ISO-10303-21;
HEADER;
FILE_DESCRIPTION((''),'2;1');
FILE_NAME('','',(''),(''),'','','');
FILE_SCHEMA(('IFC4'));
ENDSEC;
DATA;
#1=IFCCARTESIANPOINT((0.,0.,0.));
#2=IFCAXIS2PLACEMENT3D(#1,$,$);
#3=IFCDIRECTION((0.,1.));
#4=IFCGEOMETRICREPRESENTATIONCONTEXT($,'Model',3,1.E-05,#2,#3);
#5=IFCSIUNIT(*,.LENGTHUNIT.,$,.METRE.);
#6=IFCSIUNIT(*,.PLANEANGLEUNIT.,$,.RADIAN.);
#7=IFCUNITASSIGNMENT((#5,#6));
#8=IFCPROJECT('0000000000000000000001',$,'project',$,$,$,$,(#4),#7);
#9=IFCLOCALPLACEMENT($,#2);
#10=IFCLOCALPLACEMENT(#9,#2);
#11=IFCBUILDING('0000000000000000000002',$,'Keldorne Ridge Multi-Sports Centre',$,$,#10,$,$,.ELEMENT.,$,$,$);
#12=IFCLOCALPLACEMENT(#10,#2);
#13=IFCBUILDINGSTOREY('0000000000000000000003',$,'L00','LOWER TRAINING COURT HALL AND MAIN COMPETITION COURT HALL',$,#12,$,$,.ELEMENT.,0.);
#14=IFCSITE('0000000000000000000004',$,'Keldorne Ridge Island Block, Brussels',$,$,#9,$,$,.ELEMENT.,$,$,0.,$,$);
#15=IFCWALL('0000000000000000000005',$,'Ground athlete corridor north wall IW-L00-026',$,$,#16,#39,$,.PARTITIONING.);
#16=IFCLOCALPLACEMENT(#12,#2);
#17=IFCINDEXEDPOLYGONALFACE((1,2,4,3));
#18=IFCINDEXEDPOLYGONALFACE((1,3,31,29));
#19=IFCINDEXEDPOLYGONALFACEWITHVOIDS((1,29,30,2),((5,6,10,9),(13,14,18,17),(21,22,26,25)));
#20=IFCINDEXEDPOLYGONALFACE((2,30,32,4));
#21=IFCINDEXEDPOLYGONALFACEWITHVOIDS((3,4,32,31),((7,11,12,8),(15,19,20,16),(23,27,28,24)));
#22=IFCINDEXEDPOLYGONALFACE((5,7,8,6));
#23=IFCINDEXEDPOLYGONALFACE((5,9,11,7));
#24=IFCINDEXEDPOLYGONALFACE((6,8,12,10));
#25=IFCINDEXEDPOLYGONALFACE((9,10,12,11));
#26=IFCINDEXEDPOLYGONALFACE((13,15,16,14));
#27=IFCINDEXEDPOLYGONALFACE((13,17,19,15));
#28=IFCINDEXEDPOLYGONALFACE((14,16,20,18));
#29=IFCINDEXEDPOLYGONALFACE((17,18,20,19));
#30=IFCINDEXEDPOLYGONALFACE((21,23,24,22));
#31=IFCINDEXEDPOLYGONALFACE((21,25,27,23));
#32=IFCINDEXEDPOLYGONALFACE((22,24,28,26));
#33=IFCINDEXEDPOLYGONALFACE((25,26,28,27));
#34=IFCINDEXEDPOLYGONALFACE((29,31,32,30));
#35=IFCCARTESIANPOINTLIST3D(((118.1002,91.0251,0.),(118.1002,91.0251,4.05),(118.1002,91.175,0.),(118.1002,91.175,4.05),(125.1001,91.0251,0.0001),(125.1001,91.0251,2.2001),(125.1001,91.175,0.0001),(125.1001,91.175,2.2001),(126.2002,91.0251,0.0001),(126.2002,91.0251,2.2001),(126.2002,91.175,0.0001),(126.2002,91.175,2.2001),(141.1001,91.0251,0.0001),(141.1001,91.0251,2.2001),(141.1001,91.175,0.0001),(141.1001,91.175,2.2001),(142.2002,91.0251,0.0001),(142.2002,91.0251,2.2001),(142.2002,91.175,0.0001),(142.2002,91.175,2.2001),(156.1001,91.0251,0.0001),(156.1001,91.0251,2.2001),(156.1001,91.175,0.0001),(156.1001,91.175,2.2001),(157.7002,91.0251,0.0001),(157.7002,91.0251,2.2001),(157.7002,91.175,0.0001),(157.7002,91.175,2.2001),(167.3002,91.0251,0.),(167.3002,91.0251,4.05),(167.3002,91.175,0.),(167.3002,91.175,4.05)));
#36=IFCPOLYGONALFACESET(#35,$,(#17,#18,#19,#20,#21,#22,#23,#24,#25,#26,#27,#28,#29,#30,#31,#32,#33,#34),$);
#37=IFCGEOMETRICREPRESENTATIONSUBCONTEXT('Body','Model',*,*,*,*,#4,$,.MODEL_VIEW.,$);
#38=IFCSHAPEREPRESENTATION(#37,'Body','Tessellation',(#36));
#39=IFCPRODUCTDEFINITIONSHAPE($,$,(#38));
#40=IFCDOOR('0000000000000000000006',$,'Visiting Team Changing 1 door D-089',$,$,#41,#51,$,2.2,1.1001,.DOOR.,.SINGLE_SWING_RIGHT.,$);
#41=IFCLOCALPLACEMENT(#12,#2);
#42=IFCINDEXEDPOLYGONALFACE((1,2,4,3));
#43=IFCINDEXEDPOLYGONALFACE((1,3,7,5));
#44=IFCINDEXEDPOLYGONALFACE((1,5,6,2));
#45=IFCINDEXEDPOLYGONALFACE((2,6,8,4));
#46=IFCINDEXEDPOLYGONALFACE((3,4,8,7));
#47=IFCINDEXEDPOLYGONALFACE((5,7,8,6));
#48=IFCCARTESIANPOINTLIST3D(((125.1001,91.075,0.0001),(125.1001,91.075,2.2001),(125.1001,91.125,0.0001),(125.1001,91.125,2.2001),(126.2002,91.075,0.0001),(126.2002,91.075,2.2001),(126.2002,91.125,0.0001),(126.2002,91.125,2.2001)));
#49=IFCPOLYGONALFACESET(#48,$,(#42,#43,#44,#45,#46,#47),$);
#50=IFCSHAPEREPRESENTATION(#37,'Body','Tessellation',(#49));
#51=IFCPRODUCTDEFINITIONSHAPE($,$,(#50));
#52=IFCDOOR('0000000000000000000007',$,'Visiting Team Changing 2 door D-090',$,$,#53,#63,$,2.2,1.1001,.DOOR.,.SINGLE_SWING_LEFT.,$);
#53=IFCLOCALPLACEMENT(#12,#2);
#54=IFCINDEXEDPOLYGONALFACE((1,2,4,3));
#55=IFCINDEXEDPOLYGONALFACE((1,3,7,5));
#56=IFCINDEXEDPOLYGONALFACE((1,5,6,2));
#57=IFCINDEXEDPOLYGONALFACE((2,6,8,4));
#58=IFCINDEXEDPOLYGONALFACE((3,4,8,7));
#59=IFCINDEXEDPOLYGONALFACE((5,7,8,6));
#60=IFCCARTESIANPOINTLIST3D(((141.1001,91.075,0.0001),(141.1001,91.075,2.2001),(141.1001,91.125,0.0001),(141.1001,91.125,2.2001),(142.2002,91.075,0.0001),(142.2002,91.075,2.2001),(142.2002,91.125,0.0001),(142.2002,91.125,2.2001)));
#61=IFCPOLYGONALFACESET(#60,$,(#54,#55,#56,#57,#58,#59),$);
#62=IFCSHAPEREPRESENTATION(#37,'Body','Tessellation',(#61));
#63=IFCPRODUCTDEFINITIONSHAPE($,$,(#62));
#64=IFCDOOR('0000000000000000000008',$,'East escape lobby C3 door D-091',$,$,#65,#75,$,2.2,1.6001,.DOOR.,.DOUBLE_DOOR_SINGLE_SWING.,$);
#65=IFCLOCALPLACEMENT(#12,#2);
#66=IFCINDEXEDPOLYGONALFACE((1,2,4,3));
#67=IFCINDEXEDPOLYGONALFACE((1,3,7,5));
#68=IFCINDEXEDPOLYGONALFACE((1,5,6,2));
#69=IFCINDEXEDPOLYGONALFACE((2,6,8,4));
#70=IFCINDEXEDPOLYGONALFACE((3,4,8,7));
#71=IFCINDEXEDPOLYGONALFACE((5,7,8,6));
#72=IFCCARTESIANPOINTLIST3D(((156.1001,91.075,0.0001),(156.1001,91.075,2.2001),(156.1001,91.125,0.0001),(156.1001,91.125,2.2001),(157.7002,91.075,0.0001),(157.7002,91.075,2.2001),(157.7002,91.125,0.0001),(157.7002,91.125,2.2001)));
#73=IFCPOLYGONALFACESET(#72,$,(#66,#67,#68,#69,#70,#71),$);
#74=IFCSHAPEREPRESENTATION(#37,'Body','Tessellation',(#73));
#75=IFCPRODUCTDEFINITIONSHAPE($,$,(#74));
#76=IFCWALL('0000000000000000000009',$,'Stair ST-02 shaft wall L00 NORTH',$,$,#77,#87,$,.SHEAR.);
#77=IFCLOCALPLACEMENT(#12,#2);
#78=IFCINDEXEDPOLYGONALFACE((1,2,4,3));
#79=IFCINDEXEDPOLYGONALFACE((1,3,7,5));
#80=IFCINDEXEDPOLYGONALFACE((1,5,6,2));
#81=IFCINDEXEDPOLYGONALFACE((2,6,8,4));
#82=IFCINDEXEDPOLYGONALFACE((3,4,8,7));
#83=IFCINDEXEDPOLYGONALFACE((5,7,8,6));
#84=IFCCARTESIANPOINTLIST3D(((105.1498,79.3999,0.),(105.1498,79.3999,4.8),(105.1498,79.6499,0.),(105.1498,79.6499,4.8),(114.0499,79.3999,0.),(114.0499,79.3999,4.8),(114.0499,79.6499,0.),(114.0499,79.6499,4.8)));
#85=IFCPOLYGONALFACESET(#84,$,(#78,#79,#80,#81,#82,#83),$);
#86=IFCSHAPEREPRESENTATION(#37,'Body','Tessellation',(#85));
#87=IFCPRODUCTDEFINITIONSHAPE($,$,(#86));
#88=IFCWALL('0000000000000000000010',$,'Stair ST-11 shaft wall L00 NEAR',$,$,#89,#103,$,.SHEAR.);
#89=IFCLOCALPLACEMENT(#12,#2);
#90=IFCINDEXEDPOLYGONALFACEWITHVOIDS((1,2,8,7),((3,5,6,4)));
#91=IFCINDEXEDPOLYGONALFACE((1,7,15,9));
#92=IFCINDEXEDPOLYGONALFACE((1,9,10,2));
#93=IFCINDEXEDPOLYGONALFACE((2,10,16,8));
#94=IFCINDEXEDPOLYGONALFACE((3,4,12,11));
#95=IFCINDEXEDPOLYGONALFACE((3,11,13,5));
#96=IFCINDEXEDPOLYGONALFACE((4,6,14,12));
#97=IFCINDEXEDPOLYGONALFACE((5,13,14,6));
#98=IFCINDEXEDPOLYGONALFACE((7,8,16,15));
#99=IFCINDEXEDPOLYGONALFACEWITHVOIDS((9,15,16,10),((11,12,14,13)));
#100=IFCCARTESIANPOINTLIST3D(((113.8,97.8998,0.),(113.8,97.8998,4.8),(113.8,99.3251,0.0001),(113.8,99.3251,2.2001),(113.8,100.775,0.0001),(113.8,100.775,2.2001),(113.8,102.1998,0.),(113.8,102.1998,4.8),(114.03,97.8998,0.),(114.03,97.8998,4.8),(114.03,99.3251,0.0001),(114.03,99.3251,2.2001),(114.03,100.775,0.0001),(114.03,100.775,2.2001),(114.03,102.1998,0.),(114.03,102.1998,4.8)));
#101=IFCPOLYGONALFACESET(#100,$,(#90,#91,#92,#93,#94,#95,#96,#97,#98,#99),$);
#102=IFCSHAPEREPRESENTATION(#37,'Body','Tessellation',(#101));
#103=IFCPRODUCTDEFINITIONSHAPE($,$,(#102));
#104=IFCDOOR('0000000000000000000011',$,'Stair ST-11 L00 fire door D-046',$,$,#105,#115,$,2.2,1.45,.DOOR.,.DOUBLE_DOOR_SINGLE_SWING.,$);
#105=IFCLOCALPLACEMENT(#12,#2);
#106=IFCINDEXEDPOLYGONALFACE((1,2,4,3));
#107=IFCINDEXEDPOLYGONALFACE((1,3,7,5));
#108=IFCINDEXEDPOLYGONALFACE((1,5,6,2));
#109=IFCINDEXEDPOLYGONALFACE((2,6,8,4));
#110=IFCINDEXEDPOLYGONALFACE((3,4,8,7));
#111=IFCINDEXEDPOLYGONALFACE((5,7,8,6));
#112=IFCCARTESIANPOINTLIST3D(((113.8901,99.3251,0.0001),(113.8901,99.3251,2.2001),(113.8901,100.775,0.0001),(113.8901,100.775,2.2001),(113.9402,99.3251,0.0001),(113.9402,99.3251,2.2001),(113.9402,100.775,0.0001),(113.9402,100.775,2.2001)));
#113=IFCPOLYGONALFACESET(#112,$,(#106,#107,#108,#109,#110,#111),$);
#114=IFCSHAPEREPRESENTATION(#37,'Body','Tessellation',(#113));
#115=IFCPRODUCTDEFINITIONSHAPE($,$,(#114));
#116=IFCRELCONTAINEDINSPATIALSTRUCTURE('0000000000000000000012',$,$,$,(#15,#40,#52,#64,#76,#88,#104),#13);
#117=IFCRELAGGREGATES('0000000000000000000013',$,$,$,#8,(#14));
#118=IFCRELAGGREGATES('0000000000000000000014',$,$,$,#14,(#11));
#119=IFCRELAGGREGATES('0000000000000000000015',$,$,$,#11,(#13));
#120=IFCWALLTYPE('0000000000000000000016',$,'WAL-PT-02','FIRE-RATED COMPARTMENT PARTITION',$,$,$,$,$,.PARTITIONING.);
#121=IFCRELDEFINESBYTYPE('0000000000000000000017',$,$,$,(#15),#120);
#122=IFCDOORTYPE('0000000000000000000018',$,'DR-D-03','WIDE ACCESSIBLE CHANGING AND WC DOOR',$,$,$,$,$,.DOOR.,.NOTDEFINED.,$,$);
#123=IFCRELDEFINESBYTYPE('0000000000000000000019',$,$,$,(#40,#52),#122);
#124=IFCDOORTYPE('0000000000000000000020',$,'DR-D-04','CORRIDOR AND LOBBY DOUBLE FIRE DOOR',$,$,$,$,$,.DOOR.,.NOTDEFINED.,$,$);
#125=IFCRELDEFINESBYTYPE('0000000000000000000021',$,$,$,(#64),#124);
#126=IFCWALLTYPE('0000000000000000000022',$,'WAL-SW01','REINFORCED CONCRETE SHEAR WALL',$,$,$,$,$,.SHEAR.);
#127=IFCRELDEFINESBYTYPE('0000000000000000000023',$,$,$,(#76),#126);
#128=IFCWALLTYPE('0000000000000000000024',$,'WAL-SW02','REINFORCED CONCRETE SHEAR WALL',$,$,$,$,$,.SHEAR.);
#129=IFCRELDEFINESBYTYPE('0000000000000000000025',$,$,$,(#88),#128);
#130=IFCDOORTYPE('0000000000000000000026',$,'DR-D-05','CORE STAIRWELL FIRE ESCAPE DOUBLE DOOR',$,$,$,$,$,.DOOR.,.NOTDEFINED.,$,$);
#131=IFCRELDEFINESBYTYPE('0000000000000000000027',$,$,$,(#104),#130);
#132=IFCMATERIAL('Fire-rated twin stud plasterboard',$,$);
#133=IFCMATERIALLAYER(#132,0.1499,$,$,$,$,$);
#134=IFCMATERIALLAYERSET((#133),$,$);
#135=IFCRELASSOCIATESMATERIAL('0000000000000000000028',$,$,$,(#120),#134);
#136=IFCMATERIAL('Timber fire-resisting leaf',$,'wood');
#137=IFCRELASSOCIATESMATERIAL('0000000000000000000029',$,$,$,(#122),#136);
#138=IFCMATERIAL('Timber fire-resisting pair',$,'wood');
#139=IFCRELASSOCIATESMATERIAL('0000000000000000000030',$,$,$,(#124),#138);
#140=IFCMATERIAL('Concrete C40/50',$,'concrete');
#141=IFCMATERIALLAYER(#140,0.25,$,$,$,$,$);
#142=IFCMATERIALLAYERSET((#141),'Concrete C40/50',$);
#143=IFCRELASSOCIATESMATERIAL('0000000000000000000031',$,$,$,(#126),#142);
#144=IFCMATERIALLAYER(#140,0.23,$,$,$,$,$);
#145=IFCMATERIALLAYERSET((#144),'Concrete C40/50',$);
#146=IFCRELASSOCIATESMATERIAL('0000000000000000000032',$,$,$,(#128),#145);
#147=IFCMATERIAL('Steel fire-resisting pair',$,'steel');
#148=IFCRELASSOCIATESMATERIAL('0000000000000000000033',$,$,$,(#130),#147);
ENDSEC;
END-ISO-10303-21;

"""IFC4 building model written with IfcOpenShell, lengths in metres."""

from ifc_helpers import new_model, si_unit, direction, frame, frame_2d, origin, place, context, subcontext, project, spatial, rectangle, extrude, material, layer, layer_set, type_object, element, fill, save


model = new_model("IFC4")

# Units and contexts
model_context = context("Model", 3, precision=1e-05, world=origin(), true_north=direction((0.0, 1.0)))
body_context = subcontext(model_context, "Body", "Model", "MODEL_VIEW")
ifc_project = project(units=[si_unit("LENGTHUNIT", "METRE"), si_unit("PLANEANGLEUNIT", "RADIAN")], contexts=[model_context])

# Site, building, storey
site_placement = place(None, origin())
site = spatial("IfcSite", under=ifc_project, at=site_placement, Name="Keldorne Ridge Island Block, Brussels", CompositionType="ELEMENT", RefElevation=0.0)
building_placement = place(site_placement, origin())
building = spatial("IfcBuilding", under=site, at=building_placement, Name="Keldorne Ridge Multi-Sports Centre", CompositionType="ELEMENT")
storey_placement = place(building_placement, origin())
storey = spatial("IfcBuildingStorey", under=building, at=storey_placement, Name="L00", Description="LOWER TRAINING COURT HALL AND MAIN COMPETITION COURT HALL", CompositionType="ELEMENT", Elevation=0.0)

# Wall, openings, doors
ifc_material_1 = material(Name="Fire-rated twin stud plasterboard")
ifc_layer_1 = layer(ifc_material_1, 0.1499)
ifc_layer_set_1 = layer_set([ifc_layer_1])
wall_type_1 = type_object("IfcWallType", Name="WAL-PT-02", Description="FIRE-RATED COMPARTMENT PARTITION", PredefinedType="PARTITIONING", material=ifc_layer_set_1)
wall_1_placement = place(storey_placement, frame((118.1001, 91.1001, 0.0), z_axis=(0.0, 0.0, 1.0), x_axis=(1.0, 0.0, 0.0)))
wall_1 = element("IfcWall", 1, at=wall_1_placement, inside=storey, type_object=wall_type_1, Name="Ground athlete corridor north wall IW-L00-026", PredefinedType="PARTITIONING", context=body_context, shape_type="SweptSolid", body=[
    extrude(rectangle(XDim=49.2, YDim=0.1499, at=frame_2d((24.6001, 0.0))), origin(), (0.0, 0.0, 1.0), 4.05),
])
opening_1_placement = place(wall_1_placement, frame((7.0, 0.0, 0.0)))
opening_1 = element("IfcOpeningElement", 2, at=opening_1_placement, cuts=wall_1, PredefinedType="OPENING", context=body_context, shape_type="SweptSolid", body=[
    extrude(rectangle(XDim=1.1001, YDim=2.2, at=frame_2d((0.55, 1.1001))), frame((0.0, 0.085, 0.0), z_axis=(0.0, -1.0, 0.0), x_axis=(1.0, 0.0, 0.0)), (0.0, 0.0, 1.0), 0.1699),
])
opening_2_placement = place(wall_1_placement, frame((23.0, 0.0, 0.0)))
opening_2 = element("IfcOpeningElement", 3, at=opening_2_placement, cuts=wall_1, PredefinedType="OPENING", context=body_context, shape_type="SweptSolid", body=[
    extrude(rectangle(XDim=1.1001, YDim=2.2, at=frame_2d((0.55, 1.1001))), frame((0.0, 0.085, 0.0), z_axis=(0.0, -1.0, 0.0), x_axis=(1.0, 0.0, 0.0)), (0.0, 0.0, 1.0), 0.1699),
])
opening_3_placement = place(wall_1_placement, frame((38.0, 0.0, 0.0)))
opening_3 = element("IfcOpeningElement", 4, at=opening_3_placement, cuts=wall_1, PredefinedType="OPENING", context=body_context, shape_type="SweptSolid", body=[
    extrude(rectangle(XDim=1.6001, YDim=2.2, at=frame_2d((0.8, 1.1001))), frame((0.0, 0.085, 0.0), z_axis=(0.0, -1.0, 0.0), x_axis=(1.0, 0.0, 0.0)), (0.0, 0.0, 1.0), 0.1699),
])
ifc_material_2 = material(Name="Timber fire-resisting leaf", Category="wood")
door_type_1 = type_object("IfcDoorType", Name="DR-D-03", Description="WIDE ACCESSIBLE CHANGING AND WC DOOR", OperationType="NOTDEFINED", PredefinedType="DOOR", material=ifc_material_2)
door_1_placement = place(opening_1_placement, origin())
door_1 = element("IfcDoor", 5, at=door_1_placement, inside=storey, type_object=door_type_1, Name="Visiting Team Changing 1 door D-089", OperationType="SINGLE_SWING_RIGHT", OverallHeight=2.2, OverallWidth=1.1001, PredefinedType="DOOR", context=body_context, shape_type="SweptSolid", body=[
    extrude(rectangle(XDim=1.1001, YDim=2.2, at=frame_2d((0.55, 1.1001))), frame((0.0, 0.0249, 0.0), z_axis=(0.0, -1.0, 0.0), x_axis=(1.0, 0.0, 0.0)), (0.0, 0.0, 1.0), 0.05),
])
fill(opening_1, door_1)
door_2_placement = place(opening_2_placement, origin())
door_2 = element("IfcDoor", 6, at=door_2_placement, inside=storey, type_object=door_type_1, Name="Visiting Team Changing 2 door D-090", OperationType="SINGLE_SWING_LEFT", OverallHeight=2.2, OverallWidth=1.1001, PredefinedType="DOOR", context=body_context, shape_type="SweptSolid", body=[
    extrude(rectangle(XDim=1.1001, YDim=2.2, at=frame_2d((0.55, 1.1001))), frame((0.0, 0.0249, 0.0), z_axis=(0.0, -1.0, 0.0), x_axis=(1.0, 0.0, 0.0)), (0.0, 0.0, 1.0), 0.05),
])
fill(opening_2, door_2)
ifc_material_3 = material(Name="Timber fire-resisting pair", Category="wood")
door_type_2 = type_object("IfcDoorType", Name="DR-D-04", Description="CORRIDOR AND LOBBY DOUBLE FIRE DOOR", OperationType="NOTDEFINED", PredefinedType="DOOR", material=ifc_material_3)
door_3_placement = place(opening_3_placement, origin())
door_3 = element("IfcDoor", 7, at=door_3_placement, inside=storey, type_object=door_type_2, Name="East escape lobby C3 door D-091", OperationType="DOUBLE_DOOR_SINGLE_SWING", OverallHeight=2.2, OverallWidth=1.6001, PredefinedType="DOOR", context=body_context, shape_type="SweptSolid", body=[
    extrude(rectangle(XDim=1.6001, YDim=2.2, at=frame_2d((0.8, 1.1001))), frame((0.0, 0.0249, 0.0), z_axis=(0.0, -1.0, 0.0), x_axis=(1.0, 0.0, 0.0)), (0.0, 0.0, 1.0), 0.05),
])
fill(opening_3, door_3)

# Wall
ifc_material_4 = material(Name="Concrete C40/50", Category="concrete")
ifc_layer_2 = layer(ifc_material_4, 0.25)
ifc_layer_set_2 = layer_set([ifc_layer_2], Name="Concrete C40/50")
wall_type_2 = type_object("IfcWallType", Name="WAL-SW01", Description="REINFORCED CONCRETE SHEAR WALL", PredefinedType="SHEAR", material=ifc_layer_set_2)
wall_2_placement = place(storey_placement, frame((114.05, 79.5249, 0.0), z_axis=(0.0, 0.0, 1.0), x_axis=(-1.0, 0.0, 0.0)))
element("IfcWall", 8, at=wall_2_placement, inside=storey, type_object=wall_type_2, Name="Stair ST-02 shaft wall L00 NORTH", PredefinedType="SHEAR", context=body_context, shape_type="SweptSolid", body=[
    extrude(rectangle(XDim=8.9001, YDim=0.25, at=frame_2d((4.4502, 0.0))), origin(), (0.0, 0.0, 1.0), 4.8),
])

# Wall, opening, door
ifc_layer_3 = layer(ifc_material_4, 0.23)
ifc_layer_set_3 = layer_set([ifc_layer_3], Name="Concrete C40/50")
wall_type_3 = type_object("IfcWallType", Name="WAL-SW02", Description="REINFORCED CONCRETE SHEAR WALL", PredefinedType="SHEAR", material=ifc_layer_set_3)
wall_3_placement = place(storey_placement, frame((113.915, 97.8999, 0.0), z_axis=(0.0, 0.0, 1.0), x_axis=(0.0, 1.0, 0.0)))
wall_3 = element("IfcWall", 9, at=wall_3_placement, inside=storey, type_object=wall_type_3, Name="Stair ST-11 shaft wall L00 NEAR", PredefinedType="SHEAR", context=body_context, shape_type="SweptSolid", body=[
    extrude(rectangle(XDim=4.3, YDim=0.23, at=frame_2d((2.1499, 0.0))), origin(), (0.0, 0.0, 1.0), 4.8),
])
opening_4_placement = place(wall_3_placement, frame((1.425, 0.0, 0.0)))
opening_4 = element("IfcOpeningElement", 10, at=opening_4_placement, cuts=wall_3, PredefinedType="OPENING", context=body_context, shape_type="SweptSolid", body=[
    extrude(rectangle(XDim=1.45, YDim=2.2, at=frame_2d((0.7251, 1.1001))), frame((0.0, 0.125, 0.0), z_axis=(0.0, -1.0, 0.0), x_axis=(1.0, 0.0, 0.0)), (0.0, 0.0, 1.0), 0.25),
])
ifc_material_5 = material(Name="Steel fire-resisting pair", Category="steel")
door_type_3 = type_object("IfcDoorType", Name="DR-D-05", Description="CORE STAIRWELL FIRE ESCAPE DOUBLE DOOR", OperationType="NOTDEFINED", PredefinedType="DOOR", material=ifc_material_5)
door_4_placement = place(opening_4_placement, origin())
door_4 = element("IfcDoor", 11, at=door_4_placement, inside=storey, type_object=door_type_3, Name="Stair ST-11 L00 fire door D-046", OperationType="DOUBLE_DOOR_SINGLE_SWING", OverallHeight=2.2, OverallWidth=1.45, PredefinedType="DOOR", context=body_context, shape_type="SweptSolid", body=[
    extrude(rectangle(XDim=1.45, YDim=2.2, at=frame_2d((0.7251, 1.1001))), frame((0.0, 0.0249, 0.0), z_axis=(0.0, -1.0, 0.0), x_axis=(1.0, 0.0, 0.0)), (0.0, 0.0, 1.0), 0.05),
])
fill(opening_4, door_4)

save(model, "model.ifc")
